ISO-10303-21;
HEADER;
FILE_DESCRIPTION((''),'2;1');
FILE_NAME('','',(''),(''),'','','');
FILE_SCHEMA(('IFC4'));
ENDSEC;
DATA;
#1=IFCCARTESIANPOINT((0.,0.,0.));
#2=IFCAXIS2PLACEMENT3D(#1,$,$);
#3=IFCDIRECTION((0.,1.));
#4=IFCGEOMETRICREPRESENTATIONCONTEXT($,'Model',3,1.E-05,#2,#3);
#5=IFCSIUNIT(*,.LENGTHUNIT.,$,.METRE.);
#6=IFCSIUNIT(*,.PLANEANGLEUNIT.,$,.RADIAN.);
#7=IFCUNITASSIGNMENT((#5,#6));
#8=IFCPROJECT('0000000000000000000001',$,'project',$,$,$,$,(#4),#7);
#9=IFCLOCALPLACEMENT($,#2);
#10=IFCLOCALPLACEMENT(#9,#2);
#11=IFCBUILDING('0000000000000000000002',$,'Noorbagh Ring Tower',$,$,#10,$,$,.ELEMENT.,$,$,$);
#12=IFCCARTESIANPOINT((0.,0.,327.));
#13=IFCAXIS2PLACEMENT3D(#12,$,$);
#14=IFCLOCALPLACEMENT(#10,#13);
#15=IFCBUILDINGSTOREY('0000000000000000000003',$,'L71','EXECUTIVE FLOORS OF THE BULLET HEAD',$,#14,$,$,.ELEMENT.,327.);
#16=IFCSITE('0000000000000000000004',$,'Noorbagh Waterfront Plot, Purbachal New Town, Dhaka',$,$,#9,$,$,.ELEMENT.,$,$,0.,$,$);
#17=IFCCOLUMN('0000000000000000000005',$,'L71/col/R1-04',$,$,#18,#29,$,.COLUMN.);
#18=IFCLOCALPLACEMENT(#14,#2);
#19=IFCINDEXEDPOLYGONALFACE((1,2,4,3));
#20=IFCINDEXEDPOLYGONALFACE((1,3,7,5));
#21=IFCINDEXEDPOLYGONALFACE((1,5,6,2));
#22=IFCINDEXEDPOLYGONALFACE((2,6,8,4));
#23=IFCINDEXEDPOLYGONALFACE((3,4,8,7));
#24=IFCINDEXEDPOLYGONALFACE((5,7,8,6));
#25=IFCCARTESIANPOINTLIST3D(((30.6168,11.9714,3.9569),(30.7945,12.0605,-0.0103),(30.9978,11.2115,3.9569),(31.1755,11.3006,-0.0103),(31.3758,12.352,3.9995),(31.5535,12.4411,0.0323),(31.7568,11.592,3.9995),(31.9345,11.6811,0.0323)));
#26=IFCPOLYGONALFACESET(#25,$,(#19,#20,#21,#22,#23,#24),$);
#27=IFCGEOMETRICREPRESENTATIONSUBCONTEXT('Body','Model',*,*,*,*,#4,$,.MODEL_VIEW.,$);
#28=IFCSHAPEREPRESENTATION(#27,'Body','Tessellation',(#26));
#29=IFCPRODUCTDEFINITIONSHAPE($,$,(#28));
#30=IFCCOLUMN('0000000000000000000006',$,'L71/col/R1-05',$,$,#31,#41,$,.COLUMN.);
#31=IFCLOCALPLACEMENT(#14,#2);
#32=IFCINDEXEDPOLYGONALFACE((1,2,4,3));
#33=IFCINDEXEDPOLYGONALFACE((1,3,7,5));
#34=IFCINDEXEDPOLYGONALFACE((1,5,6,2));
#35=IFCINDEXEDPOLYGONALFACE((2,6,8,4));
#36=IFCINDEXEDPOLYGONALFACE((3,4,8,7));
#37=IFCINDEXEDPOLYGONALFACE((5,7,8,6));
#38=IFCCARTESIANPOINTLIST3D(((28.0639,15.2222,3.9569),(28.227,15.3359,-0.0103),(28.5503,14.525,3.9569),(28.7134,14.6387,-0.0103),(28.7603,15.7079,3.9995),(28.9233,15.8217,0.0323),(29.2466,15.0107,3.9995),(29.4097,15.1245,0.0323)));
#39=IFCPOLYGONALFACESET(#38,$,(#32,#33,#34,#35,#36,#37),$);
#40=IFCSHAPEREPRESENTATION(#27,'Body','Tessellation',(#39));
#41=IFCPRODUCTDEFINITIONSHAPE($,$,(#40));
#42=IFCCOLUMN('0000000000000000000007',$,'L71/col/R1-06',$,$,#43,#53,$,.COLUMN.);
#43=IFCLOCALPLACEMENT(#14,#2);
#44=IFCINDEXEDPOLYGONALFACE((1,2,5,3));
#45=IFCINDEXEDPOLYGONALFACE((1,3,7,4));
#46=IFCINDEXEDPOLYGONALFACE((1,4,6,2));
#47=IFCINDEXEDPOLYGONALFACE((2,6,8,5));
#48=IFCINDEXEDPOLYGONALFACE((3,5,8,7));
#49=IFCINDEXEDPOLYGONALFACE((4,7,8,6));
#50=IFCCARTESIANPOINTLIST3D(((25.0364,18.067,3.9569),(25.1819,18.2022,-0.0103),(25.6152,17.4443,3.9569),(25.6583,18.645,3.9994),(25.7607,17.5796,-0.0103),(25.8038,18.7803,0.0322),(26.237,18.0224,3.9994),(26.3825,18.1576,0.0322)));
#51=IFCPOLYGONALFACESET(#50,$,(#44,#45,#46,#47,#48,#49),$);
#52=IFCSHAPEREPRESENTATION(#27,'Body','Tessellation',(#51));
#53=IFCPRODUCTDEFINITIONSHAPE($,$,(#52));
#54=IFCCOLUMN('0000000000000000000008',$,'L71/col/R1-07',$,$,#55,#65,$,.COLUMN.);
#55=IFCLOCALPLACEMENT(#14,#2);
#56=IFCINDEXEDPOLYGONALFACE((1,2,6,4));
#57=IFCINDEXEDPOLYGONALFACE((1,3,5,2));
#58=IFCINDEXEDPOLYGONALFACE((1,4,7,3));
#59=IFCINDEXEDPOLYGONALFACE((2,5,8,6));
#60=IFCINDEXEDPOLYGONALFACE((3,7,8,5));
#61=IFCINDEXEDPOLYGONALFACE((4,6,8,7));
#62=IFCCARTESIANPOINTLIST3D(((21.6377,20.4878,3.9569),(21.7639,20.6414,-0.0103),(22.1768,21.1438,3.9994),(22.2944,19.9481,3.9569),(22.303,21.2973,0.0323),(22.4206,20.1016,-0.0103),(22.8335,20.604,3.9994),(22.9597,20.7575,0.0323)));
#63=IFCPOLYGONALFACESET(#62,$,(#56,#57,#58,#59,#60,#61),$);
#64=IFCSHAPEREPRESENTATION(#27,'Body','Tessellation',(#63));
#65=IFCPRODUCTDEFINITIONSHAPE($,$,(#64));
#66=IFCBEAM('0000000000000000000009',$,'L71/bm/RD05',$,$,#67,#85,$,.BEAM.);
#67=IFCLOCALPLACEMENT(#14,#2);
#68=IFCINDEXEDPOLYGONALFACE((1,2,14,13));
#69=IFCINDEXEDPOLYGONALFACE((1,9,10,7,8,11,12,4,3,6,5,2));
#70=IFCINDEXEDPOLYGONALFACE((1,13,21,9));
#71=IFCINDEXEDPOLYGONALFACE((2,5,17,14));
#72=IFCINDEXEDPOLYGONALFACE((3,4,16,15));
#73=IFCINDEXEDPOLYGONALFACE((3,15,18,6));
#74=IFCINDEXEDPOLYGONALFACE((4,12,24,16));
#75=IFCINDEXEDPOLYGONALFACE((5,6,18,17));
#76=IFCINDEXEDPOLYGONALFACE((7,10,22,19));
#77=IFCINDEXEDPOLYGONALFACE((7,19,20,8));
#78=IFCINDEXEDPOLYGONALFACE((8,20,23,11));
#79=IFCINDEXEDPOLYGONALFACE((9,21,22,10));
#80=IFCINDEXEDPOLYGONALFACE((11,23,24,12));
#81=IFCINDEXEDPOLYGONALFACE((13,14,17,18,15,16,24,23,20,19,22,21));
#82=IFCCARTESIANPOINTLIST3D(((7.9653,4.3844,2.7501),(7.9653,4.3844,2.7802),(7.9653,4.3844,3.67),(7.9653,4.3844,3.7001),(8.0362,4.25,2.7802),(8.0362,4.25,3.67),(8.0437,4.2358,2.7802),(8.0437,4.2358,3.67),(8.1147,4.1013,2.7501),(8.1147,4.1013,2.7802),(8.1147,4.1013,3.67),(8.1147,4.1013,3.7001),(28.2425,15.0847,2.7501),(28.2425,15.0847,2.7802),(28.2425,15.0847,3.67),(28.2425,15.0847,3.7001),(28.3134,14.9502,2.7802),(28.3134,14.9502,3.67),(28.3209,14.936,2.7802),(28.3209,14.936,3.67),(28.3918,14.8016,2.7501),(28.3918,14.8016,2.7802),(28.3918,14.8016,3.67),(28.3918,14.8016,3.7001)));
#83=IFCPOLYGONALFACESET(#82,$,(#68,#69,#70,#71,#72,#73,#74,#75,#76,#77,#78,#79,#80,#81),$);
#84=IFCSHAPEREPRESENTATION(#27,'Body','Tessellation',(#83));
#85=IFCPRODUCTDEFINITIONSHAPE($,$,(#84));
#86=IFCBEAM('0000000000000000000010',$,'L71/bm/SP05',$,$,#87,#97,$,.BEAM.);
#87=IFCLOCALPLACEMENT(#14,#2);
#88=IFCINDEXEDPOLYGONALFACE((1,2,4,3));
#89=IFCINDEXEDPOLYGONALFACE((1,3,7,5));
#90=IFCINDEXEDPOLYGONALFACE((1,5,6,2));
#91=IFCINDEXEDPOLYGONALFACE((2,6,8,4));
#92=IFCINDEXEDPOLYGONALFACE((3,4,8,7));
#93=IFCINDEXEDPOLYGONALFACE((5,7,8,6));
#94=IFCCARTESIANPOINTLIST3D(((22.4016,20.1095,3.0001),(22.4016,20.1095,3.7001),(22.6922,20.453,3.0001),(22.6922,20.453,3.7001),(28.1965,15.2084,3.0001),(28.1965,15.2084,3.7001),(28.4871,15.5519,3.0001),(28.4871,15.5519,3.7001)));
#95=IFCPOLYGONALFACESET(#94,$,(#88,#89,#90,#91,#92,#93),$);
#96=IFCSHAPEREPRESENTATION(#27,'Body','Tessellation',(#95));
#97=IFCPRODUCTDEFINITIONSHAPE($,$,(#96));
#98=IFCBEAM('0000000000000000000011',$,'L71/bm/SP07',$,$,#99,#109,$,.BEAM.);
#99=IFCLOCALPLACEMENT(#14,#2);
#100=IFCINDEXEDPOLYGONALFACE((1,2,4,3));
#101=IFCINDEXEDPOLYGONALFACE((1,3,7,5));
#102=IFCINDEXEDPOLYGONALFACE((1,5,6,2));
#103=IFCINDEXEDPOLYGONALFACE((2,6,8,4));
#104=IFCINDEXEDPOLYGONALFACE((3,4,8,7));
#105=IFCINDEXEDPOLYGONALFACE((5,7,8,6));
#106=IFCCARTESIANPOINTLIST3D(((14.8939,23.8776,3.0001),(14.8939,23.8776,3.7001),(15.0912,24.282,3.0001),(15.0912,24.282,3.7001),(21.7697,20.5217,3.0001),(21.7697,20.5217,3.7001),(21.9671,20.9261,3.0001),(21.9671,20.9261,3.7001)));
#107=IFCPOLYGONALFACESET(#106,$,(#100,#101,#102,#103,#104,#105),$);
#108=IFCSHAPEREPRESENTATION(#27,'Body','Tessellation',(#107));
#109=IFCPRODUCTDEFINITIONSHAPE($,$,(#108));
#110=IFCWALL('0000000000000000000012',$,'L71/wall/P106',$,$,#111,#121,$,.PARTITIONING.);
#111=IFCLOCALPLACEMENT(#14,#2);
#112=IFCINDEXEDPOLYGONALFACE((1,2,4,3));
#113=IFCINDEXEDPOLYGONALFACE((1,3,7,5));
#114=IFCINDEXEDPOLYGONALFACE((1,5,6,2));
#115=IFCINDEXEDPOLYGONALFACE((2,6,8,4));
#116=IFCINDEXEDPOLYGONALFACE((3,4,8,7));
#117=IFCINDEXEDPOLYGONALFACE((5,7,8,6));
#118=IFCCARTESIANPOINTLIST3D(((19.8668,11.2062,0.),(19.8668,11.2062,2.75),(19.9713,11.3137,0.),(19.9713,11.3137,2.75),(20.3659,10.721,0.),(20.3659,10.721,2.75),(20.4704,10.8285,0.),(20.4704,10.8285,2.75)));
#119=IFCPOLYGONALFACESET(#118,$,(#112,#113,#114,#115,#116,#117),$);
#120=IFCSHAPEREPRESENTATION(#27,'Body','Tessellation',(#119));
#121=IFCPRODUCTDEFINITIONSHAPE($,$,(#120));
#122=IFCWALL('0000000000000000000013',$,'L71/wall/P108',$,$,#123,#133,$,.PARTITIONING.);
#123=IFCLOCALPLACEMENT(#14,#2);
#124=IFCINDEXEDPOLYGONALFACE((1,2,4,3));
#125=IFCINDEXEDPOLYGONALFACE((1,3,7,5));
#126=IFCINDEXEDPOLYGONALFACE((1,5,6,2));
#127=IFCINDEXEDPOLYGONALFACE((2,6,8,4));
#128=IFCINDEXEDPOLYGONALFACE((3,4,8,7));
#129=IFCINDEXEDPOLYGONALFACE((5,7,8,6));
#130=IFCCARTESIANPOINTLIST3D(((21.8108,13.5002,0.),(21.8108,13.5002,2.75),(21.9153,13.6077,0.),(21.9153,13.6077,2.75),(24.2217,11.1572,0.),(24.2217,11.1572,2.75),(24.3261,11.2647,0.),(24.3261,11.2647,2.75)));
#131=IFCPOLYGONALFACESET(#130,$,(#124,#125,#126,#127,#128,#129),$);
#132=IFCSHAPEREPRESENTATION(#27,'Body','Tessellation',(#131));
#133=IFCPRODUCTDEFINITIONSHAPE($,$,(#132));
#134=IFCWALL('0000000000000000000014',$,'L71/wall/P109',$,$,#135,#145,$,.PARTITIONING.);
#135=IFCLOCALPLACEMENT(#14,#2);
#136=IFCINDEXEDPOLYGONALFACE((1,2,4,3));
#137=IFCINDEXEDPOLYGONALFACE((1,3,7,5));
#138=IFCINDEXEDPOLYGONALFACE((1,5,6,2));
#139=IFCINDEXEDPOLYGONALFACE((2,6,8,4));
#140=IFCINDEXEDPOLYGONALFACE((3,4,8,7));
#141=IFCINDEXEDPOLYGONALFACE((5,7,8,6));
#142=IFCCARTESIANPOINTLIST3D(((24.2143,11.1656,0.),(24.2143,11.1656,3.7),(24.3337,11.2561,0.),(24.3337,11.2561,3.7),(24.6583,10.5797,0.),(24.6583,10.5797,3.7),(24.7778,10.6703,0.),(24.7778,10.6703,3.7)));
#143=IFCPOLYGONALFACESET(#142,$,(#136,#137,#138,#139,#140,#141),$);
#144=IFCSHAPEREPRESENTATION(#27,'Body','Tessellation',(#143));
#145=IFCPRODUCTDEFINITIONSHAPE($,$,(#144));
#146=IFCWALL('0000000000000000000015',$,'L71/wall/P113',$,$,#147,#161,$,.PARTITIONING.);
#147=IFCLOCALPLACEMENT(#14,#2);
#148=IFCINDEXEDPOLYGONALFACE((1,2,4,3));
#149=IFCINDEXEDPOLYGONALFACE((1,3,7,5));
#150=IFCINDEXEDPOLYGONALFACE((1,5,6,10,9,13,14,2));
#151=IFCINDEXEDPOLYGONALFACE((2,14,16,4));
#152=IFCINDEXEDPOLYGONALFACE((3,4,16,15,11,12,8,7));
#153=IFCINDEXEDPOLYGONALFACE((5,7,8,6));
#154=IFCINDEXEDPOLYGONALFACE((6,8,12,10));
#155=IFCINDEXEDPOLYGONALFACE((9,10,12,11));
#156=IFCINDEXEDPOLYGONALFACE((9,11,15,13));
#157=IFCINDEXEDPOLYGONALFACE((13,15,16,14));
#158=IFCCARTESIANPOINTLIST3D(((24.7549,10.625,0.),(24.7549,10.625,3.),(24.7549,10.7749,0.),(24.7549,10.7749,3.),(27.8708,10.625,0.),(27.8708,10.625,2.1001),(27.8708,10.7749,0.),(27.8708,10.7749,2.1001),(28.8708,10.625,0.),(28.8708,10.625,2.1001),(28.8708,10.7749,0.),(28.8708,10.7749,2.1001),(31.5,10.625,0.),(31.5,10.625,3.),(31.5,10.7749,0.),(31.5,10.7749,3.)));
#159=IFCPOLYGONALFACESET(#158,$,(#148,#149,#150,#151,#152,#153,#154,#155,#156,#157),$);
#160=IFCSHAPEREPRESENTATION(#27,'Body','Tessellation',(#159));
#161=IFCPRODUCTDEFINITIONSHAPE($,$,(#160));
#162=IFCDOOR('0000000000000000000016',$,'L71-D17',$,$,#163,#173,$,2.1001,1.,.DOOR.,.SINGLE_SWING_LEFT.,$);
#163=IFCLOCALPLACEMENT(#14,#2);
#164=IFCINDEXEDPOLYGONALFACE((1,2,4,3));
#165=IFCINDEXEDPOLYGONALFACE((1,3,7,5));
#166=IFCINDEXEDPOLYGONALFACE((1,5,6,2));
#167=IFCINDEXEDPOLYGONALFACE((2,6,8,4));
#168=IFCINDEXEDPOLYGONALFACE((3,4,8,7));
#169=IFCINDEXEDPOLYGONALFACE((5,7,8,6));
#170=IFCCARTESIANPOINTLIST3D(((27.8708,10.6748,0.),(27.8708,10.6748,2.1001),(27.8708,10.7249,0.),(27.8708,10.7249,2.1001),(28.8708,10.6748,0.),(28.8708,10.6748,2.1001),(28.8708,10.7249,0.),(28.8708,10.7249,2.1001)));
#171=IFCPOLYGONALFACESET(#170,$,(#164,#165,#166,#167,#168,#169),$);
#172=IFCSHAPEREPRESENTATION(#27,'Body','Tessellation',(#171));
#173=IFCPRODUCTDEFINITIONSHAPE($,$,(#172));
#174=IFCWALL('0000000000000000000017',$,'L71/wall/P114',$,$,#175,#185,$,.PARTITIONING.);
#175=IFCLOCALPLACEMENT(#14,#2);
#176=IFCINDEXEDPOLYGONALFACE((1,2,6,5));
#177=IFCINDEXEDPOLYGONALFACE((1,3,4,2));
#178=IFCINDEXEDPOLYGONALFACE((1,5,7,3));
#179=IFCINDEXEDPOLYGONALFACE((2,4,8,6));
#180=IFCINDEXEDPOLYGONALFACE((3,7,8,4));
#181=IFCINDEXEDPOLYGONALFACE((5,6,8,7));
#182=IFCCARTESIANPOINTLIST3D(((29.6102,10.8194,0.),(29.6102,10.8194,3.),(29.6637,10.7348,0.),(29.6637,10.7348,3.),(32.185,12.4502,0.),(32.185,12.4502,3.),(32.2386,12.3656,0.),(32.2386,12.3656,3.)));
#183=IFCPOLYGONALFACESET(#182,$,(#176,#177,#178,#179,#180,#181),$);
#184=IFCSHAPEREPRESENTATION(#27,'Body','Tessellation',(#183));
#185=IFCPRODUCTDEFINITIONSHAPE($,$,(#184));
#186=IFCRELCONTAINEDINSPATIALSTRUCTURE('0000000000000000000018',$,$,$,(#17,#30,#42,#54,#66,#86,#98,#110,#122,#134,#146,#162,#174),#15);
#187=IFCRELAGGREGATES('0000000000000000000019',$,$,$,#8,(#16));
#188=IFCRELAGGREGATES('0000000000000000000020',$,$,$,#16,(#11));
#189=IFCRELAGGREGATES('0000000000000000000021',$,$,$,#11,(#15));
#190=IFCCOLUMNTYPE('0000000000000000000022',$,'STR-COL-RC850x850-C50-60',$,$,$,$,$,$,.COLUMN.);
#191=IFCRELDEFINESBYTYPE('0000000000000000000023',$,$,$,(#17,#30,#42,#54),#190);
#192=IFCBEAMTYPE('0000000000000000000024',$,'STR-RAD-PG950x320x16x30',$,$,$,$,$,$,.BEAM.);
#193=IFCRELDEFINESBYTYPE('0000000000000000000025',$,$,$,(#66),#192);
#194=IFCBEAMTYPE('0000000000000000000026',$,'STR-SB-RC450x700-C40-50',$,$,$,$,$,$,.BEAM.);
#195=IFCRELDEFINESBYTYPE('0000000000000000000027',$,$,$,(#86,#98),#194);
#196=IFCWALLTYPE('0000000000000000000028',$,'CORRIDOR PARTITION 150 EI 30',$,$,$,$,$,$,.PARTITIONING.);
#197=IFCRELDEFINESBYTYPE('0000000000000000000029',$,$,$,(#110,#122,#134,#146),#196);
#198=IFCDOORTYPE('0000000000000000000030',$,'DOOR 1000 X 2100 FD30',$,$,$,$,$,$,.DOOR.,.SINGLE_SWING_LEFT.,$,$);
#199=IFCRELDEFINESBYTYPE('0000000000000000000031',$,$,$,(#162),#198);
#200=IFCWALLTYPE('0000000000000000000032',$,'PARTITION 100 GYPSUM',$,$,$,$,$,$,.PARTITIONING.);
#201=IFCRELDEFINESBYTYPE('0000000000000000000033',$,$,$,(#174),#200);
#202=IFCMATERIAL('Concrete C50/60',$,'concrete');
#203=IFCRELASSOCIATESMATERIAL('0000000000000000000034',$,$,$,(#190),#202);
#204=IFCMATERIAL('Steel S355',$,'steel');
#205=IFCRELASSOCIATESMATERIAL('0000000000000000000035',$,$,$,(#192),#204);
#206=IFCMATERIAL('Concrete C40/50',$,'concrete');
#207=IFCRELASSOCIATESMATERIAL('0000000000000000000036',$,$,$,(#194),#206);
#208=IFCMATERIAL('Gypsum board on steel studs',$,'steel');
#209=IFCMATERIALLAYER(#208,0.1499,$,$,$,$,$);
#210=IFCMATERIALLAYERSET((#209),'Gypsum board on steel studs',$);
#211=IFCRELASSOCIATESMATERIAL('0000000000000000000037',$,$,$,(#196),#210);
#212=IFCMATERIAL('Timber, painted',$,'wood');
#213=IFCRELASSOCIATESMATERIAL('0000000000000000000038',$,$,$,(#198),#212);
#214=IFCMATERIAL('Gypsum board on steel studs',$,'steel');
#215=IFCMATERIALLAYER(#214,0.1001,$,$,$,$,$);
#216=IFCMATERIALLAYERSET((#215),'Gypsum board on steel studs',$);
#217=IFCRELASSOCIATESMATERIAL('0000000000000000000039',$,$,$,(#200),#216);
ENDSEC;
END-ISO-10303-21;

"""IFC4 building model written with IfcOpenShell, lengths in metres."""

from ifc_helpers import new_model, si_unit, direction, frame, frame_2d, origin, origin_2d, place, context, subcontext, project, spatial, rectangle, i_section, extrude, material, layer, layer_set, material_profile, profile_set, type_object, element, fill, save


model = new_model("IFC4")

# Units and contexts
model_context = context("Model", 3, precision=1e-05, world=origin(), true_north=direction((0.0, 1.0)))
body_context = subcontext(model_context, "Body", "Model", "MODEL_VIEW")
ifc_project = project(units=[si_unit("LENGTHUNIT", "METRE"), si_unit("PLANEANGLEUNIT", "RADIAN")], contexts=[model_context])

# Site, building, storey
site_placement = place(None, origin())
site = spatial("IfcSite", under=ifc_project, at=site_placement, Name="Noorbagh Waterfront Plot, Purbachal New Town, Dhaka", CompositionType="ELEMENT", RefElevation=0.0)
building_placement = place(site_placement, origin())
building = spatial("IfcBuilding", under=site, at=building_placement, Name="Noorbagh Ring Tower", CompositionType="ELEMENT")
storey_placement = place(building_placement, frame((0.0, 0.0, 327.0)))
storey = spatial("IfcBuildingStorey", under=building, at=storey_placement, Name="L71", Description="EXECUTIVE FLOORS OF THE BULLET HEAD", CompositionType="ELEMENT", Elevation=327.0)

# Columns
ifc_material_1 = material(Name="Concrete C50/60", Category="concrete")
ifc_material_profile_1 = material_profile(ifc_material_1, rectangle(XDim=0.8501, YDim=0.8501, at=origin_2d()), Name="RC850x850")
ifc_profile_set_1 = profile_set([ifc_material_profile_1], Name="Concrete C50/60")
column_type = type_object("IfcColumnType", Name="STR-COL-RC850x850-C50-60", PredefinedType="COLUMN", material=ifc_profile_set_1)
for number, where, z_axis, x_axis, name in (
    (1, (31.3645, 11.8708, 0.011), (-0.044744, -0.022433, 0.998747), (0.448196, -0.893935, 0.0), "L71/col/R1-04"),
    (2, (28.8184, 15.2302, 0.011), (-0.041056, -0.028641, 0.998746), (0.572143, -0.820154, 0.0), "L71/col/R1-05"),
    (3, (25.7822, 18.1799, 0.011), (-0.036631, -0.03405, 0.998749), (0.680828, -0.732443, 0.0), "L71/col/R1-06"),
    (4, (22.3618, 20.6995, 0.011), (-0.031776, -0.038659, 0.998747), (0.772533, -0.634975, 0.0), "L71/col/R1-07"),
):
    element("IfcColumn", number, at=place(storey_placement, frame(where, z_axis=z_axis, x_axis=x_axis)), inside=storey, type_object=column_type, Name=name, PredefinedType="COLUMN", context=body_context, shape_type="SweptSolid", body=[
        extrude(rectangle(XDim=0.8501, YDim=0.8501, at=origin_2d()), origin(), (0.0, 0.0, 1.0), 3.9722),
    ])

# Beams
ifc_material_2 = material(Name="Steel S355", Category="steel")
ifc_material_profile_2 = material_profile(ifc_material_2, i_section(OverallWidth=0.3201, OverallDepth=0.95, WebThickness=0.0161, FlangeThickness=0.03, at=origin_2d()), Name="PG950x320x16x30")
ifc_profile_set_2 = profile_set([ifc_material_profile_2], Name="Steel S355")
beam_type_1 = type_object("IfcBeamType", Name="STR-RAD-PG950x320x16x30", PredefinedType="BEAM", material=ifc_profile_set_2)
beam_1_placement = place(storey_placement, frame((28.3171, 14.9431, 3.2251), z_axis=(-0.884414, -0.466704, 0.0), x_axis=(0.466704, -0.884414, 0.0)))
element("IfcBeam", 5, at=beam_1_placement, inside=storey, type_object=beam_type_1, Name="L71/bm/RD05", PredefinedType="BEAM", context=body_context, shape_type="SweptSolid", body=[
    extrude(i_section(OverallWidth=0.3201, OverallDepth=0.95, WebThickness=0.0161, FlangeThickness=0.03, at=origin_2d()), origin(), (0.0, 0.0, 1.0), 22.9272),
])
ifc_material_3 = material(Name="Concrete C40/50", Category="concrete")
ifc_material_profile_3 = material_profile(ifc_material_3, rectangle(XDim=0.45, YDim=0.7, at=origin_2d()), Name="RC450x700")
ifc_profile_set_3 = profile_set([ifc_material_profile_3], Name="Concrete C40/50")
beam_type_2 = type_object("IfcBeamType", Name="STR-SB-RC450x700-C40-50", PredefinedType="BEAM", material=ifc_profile_set_3)
beam_2_placement = place(storey_placement, frame((28.3418, 15.3801, 3.3501), z_axis=(-0.763534, 0.645768, 0.0), x_axis=(-0.645768, -0.763534, 0.0)))
element("IfcBeam", 6, at=beam_2_placement, inside=storey, type_object=beam_type_2, Name="L71/bm/SP05", PredefinedType="BEAM", context=body_context, shape_type="SweptSolid", body=[
    extrude(rectangle(XDim=0.45, YDim=0.7, at=origin_2d()), origin(), (0.0, 0.0, 1.0), 7.5896),
])
beam_3_placement = place(storey_placement, frame((21.8684, 20.7239, 3.3501), z_axis=(-0.898675, 0.438616, 0.0), x_axis=(-0.438616, -0.898675, 0.0)))
element("IfcBeam", 7, at=beam_3_placement, inside=storey, type_object=beam_type_2, Name="L71/bm/SP07", PredefinedType="BEAM", context=body_context, shape_type="SweptSolid", body=[
    extrude(rectangle(XDim=0.45, YDim=0.7, at=origin_2d()), origin(), (0.0, 0.0, 1.0), 7.6511),
])

# Walls
ifc_material_4 = material(Name="Gypsum board on steel studs", Category="steel")
ifc_layer_1 = layer(ifc_material_4, 0.1499)
ifc_layer_set_1 = layer_set([ifc_layer_1], Name="Gypsum board on steel studs")
wall_type_1 = type_object("IfcWallType", Name="CORRIDOR PARTITION 150 EI 30", PredefinedType="PARTITIONING", material=ifc_layer_set_1)
wall_1_placement = place(storey_placement, frame((19.9189, 11.26, 0.0), z_axis=(0.0, 0.0, 1.0), x_axis=(0.717034, -0.697038, 0.0)))
element("IfcWall", 8, at=wall_1_placement, inside=storey, type_object=wall_type_1, Name="L71/wall/P106", PredefinedType="PARTITIONING", context=body_context, shape_type="SweptSolid", body=[
    extrude(rectangle(XDim=0.696, YDim=0.1499, at=frame_2d((0.3481, 0.0))), origin(), (0.0, 0.0, 1.0), 2.75),
])
wall_2_placement = place(storey_placement, frame((21.863, 13.554, 0.0), z_axis=(0.0, 0.0, 1.0), x_axis=(0.717129, -0.69694, 0.0)))
element("IfcWall", 9, at=wall_2_placement, inside=storey, type_object=wall_type_1, Name="L71/wall/P108", PredefinedType="PARTITIONING", context=body_context, shape_type="SweptSolid", body=[
    extrude(rectangle(XDim=3.3618, YDim=0.1499, at=frame_2d((1.6809, 0.0))), origin(), (0.0, 0.0, 1.0), 2.75),
])
wall_3_placement = place(storey_placement, frame((24.2739, 11.2109, 0.0), z_axis=(0.0, 0.0, 1.0), x_axis=(0.60403, -0.796961, 0.0)))
element("IfcWall", 10, at=wall_3_placement, inside=storey, type_object=wall_type_1, Name="L71/wall/P109", PredefinedType="PARTITIONING", context=body_context, shape_type="SweptSolid", body=[
    extrude(rectangle(XDim=0.7351, YDim=0.1499, at=frame_2d((0.3677, 0.0))), origin(), (0.0, 0.0, 1.0), 3.7),
])

# Wall, opening, door
wall_4_placement = place(storey_placement, frame((24.7549, 10.7, 0.0), z_axis=(0.0, 0.0, 1.0), x_axis=(1.0, 0.0, 0.0)))
wall_4 = element("IfcWall", 11, at=wall_4_placement, inside=storey, type_object=wall_type_1, Name="L71/wall/P113", PredefinedType="PARTITIONING", context=body_context, shape_type="SweptSolid", body=[
    extrude(rectangle(XDim=6.7451, YDim=0.1499, at=frame_2d((3.3726, 0.0))), origin(), (0.0, 0.0, 1.0), 3.0),
])
opening_placement = place(wall_4_placement, frame((3.116, 0.0, 0.0)))
opening = element("IfcOpeningElement", 12, at=opening_placement, cuts=wall_4, PredefinedType="OPENING", context=body_context, shape_type="SweptSolid", body=[
    extrude(rectangle(XDim=1.0, YDim=2.1001, at=frame_2d((0.5, 1.05))), frame((0.0, 0.085, 0.0), z_axis=(0.0, -1.0, 0.0), x_axis=(1.0, 0.0, 0.0)), (0.0, 0.0, 1.0), 0.1699),
])
ifc_material_5 = material(Name="Timber, painted", Category="wood")
door_type = type_object("IfcDoorType", Name="DOOR 1000 X 2100 FD30", OperationType="SINGLE_SWING_LEFT", PredefinedType="DOOR", material=ifc_material_5)
door_placement = place(opening_placement, origin())
door = element("IfcDoor", 13, at=door_placement, inside=storey, type_object=door_type, Name="L71-D17", OperationType="SINGLE_SWING_LEFT", OverallHeight=2.1001, OverallWidth=1.0, PredefinedType="DOOR", context=body_context, shape_type="SweptSolid", body=[
    extrude(rectangle(XDim=1.0, YDim=2.1001, at=frame_2d((0.5, 1.05))), frame((0.0, 0.0249, 0.0), z_axis=(0.0, -1.0, 0.0), x_axis=(1.0, 0.0, 0.0)), (0.0, 0.0, 1.0), 0.05),
])
fill(opening, door)

# Wall
ifc_material_6 = material(Name="Gypsum board on steel studs", Category="steel")
ifc_layer_2 = layer(ifc_material_6, 0.1001)
ifc_layer_set_2 = layer_set([ifc_layer_2], Name="Gypsum board on steel studs")
wall_type_2 = type_object("IfcWallType", Name="PARTITION 100 GYPSUM", PredefinedType="PARTITIONING", material=ifc_layer_set_2)
wall_5_placement = place(storey_placement, frame((29.637, 10.7771, 0.0), z_axis=(0.0, 0.0, 1.0), x_axis=(0.844811, 0.535065, 0.0)))
element("IfcWall", 14, at=wall_5_placement, inside=storey, type_object=wall_type_2, Name="L71/wall/P114", PredefinedType="PARTITIONING", context=body_context, shape_type="SweptSolid", body=[
    extrude(rectangle(XDim=3.0479, YDim=0.1001, at=frame_2d((1.5239, 0.0))), origin(), (0.0, 0.0, 1.0), 3.0),
])

save(model, "model.ifc")
